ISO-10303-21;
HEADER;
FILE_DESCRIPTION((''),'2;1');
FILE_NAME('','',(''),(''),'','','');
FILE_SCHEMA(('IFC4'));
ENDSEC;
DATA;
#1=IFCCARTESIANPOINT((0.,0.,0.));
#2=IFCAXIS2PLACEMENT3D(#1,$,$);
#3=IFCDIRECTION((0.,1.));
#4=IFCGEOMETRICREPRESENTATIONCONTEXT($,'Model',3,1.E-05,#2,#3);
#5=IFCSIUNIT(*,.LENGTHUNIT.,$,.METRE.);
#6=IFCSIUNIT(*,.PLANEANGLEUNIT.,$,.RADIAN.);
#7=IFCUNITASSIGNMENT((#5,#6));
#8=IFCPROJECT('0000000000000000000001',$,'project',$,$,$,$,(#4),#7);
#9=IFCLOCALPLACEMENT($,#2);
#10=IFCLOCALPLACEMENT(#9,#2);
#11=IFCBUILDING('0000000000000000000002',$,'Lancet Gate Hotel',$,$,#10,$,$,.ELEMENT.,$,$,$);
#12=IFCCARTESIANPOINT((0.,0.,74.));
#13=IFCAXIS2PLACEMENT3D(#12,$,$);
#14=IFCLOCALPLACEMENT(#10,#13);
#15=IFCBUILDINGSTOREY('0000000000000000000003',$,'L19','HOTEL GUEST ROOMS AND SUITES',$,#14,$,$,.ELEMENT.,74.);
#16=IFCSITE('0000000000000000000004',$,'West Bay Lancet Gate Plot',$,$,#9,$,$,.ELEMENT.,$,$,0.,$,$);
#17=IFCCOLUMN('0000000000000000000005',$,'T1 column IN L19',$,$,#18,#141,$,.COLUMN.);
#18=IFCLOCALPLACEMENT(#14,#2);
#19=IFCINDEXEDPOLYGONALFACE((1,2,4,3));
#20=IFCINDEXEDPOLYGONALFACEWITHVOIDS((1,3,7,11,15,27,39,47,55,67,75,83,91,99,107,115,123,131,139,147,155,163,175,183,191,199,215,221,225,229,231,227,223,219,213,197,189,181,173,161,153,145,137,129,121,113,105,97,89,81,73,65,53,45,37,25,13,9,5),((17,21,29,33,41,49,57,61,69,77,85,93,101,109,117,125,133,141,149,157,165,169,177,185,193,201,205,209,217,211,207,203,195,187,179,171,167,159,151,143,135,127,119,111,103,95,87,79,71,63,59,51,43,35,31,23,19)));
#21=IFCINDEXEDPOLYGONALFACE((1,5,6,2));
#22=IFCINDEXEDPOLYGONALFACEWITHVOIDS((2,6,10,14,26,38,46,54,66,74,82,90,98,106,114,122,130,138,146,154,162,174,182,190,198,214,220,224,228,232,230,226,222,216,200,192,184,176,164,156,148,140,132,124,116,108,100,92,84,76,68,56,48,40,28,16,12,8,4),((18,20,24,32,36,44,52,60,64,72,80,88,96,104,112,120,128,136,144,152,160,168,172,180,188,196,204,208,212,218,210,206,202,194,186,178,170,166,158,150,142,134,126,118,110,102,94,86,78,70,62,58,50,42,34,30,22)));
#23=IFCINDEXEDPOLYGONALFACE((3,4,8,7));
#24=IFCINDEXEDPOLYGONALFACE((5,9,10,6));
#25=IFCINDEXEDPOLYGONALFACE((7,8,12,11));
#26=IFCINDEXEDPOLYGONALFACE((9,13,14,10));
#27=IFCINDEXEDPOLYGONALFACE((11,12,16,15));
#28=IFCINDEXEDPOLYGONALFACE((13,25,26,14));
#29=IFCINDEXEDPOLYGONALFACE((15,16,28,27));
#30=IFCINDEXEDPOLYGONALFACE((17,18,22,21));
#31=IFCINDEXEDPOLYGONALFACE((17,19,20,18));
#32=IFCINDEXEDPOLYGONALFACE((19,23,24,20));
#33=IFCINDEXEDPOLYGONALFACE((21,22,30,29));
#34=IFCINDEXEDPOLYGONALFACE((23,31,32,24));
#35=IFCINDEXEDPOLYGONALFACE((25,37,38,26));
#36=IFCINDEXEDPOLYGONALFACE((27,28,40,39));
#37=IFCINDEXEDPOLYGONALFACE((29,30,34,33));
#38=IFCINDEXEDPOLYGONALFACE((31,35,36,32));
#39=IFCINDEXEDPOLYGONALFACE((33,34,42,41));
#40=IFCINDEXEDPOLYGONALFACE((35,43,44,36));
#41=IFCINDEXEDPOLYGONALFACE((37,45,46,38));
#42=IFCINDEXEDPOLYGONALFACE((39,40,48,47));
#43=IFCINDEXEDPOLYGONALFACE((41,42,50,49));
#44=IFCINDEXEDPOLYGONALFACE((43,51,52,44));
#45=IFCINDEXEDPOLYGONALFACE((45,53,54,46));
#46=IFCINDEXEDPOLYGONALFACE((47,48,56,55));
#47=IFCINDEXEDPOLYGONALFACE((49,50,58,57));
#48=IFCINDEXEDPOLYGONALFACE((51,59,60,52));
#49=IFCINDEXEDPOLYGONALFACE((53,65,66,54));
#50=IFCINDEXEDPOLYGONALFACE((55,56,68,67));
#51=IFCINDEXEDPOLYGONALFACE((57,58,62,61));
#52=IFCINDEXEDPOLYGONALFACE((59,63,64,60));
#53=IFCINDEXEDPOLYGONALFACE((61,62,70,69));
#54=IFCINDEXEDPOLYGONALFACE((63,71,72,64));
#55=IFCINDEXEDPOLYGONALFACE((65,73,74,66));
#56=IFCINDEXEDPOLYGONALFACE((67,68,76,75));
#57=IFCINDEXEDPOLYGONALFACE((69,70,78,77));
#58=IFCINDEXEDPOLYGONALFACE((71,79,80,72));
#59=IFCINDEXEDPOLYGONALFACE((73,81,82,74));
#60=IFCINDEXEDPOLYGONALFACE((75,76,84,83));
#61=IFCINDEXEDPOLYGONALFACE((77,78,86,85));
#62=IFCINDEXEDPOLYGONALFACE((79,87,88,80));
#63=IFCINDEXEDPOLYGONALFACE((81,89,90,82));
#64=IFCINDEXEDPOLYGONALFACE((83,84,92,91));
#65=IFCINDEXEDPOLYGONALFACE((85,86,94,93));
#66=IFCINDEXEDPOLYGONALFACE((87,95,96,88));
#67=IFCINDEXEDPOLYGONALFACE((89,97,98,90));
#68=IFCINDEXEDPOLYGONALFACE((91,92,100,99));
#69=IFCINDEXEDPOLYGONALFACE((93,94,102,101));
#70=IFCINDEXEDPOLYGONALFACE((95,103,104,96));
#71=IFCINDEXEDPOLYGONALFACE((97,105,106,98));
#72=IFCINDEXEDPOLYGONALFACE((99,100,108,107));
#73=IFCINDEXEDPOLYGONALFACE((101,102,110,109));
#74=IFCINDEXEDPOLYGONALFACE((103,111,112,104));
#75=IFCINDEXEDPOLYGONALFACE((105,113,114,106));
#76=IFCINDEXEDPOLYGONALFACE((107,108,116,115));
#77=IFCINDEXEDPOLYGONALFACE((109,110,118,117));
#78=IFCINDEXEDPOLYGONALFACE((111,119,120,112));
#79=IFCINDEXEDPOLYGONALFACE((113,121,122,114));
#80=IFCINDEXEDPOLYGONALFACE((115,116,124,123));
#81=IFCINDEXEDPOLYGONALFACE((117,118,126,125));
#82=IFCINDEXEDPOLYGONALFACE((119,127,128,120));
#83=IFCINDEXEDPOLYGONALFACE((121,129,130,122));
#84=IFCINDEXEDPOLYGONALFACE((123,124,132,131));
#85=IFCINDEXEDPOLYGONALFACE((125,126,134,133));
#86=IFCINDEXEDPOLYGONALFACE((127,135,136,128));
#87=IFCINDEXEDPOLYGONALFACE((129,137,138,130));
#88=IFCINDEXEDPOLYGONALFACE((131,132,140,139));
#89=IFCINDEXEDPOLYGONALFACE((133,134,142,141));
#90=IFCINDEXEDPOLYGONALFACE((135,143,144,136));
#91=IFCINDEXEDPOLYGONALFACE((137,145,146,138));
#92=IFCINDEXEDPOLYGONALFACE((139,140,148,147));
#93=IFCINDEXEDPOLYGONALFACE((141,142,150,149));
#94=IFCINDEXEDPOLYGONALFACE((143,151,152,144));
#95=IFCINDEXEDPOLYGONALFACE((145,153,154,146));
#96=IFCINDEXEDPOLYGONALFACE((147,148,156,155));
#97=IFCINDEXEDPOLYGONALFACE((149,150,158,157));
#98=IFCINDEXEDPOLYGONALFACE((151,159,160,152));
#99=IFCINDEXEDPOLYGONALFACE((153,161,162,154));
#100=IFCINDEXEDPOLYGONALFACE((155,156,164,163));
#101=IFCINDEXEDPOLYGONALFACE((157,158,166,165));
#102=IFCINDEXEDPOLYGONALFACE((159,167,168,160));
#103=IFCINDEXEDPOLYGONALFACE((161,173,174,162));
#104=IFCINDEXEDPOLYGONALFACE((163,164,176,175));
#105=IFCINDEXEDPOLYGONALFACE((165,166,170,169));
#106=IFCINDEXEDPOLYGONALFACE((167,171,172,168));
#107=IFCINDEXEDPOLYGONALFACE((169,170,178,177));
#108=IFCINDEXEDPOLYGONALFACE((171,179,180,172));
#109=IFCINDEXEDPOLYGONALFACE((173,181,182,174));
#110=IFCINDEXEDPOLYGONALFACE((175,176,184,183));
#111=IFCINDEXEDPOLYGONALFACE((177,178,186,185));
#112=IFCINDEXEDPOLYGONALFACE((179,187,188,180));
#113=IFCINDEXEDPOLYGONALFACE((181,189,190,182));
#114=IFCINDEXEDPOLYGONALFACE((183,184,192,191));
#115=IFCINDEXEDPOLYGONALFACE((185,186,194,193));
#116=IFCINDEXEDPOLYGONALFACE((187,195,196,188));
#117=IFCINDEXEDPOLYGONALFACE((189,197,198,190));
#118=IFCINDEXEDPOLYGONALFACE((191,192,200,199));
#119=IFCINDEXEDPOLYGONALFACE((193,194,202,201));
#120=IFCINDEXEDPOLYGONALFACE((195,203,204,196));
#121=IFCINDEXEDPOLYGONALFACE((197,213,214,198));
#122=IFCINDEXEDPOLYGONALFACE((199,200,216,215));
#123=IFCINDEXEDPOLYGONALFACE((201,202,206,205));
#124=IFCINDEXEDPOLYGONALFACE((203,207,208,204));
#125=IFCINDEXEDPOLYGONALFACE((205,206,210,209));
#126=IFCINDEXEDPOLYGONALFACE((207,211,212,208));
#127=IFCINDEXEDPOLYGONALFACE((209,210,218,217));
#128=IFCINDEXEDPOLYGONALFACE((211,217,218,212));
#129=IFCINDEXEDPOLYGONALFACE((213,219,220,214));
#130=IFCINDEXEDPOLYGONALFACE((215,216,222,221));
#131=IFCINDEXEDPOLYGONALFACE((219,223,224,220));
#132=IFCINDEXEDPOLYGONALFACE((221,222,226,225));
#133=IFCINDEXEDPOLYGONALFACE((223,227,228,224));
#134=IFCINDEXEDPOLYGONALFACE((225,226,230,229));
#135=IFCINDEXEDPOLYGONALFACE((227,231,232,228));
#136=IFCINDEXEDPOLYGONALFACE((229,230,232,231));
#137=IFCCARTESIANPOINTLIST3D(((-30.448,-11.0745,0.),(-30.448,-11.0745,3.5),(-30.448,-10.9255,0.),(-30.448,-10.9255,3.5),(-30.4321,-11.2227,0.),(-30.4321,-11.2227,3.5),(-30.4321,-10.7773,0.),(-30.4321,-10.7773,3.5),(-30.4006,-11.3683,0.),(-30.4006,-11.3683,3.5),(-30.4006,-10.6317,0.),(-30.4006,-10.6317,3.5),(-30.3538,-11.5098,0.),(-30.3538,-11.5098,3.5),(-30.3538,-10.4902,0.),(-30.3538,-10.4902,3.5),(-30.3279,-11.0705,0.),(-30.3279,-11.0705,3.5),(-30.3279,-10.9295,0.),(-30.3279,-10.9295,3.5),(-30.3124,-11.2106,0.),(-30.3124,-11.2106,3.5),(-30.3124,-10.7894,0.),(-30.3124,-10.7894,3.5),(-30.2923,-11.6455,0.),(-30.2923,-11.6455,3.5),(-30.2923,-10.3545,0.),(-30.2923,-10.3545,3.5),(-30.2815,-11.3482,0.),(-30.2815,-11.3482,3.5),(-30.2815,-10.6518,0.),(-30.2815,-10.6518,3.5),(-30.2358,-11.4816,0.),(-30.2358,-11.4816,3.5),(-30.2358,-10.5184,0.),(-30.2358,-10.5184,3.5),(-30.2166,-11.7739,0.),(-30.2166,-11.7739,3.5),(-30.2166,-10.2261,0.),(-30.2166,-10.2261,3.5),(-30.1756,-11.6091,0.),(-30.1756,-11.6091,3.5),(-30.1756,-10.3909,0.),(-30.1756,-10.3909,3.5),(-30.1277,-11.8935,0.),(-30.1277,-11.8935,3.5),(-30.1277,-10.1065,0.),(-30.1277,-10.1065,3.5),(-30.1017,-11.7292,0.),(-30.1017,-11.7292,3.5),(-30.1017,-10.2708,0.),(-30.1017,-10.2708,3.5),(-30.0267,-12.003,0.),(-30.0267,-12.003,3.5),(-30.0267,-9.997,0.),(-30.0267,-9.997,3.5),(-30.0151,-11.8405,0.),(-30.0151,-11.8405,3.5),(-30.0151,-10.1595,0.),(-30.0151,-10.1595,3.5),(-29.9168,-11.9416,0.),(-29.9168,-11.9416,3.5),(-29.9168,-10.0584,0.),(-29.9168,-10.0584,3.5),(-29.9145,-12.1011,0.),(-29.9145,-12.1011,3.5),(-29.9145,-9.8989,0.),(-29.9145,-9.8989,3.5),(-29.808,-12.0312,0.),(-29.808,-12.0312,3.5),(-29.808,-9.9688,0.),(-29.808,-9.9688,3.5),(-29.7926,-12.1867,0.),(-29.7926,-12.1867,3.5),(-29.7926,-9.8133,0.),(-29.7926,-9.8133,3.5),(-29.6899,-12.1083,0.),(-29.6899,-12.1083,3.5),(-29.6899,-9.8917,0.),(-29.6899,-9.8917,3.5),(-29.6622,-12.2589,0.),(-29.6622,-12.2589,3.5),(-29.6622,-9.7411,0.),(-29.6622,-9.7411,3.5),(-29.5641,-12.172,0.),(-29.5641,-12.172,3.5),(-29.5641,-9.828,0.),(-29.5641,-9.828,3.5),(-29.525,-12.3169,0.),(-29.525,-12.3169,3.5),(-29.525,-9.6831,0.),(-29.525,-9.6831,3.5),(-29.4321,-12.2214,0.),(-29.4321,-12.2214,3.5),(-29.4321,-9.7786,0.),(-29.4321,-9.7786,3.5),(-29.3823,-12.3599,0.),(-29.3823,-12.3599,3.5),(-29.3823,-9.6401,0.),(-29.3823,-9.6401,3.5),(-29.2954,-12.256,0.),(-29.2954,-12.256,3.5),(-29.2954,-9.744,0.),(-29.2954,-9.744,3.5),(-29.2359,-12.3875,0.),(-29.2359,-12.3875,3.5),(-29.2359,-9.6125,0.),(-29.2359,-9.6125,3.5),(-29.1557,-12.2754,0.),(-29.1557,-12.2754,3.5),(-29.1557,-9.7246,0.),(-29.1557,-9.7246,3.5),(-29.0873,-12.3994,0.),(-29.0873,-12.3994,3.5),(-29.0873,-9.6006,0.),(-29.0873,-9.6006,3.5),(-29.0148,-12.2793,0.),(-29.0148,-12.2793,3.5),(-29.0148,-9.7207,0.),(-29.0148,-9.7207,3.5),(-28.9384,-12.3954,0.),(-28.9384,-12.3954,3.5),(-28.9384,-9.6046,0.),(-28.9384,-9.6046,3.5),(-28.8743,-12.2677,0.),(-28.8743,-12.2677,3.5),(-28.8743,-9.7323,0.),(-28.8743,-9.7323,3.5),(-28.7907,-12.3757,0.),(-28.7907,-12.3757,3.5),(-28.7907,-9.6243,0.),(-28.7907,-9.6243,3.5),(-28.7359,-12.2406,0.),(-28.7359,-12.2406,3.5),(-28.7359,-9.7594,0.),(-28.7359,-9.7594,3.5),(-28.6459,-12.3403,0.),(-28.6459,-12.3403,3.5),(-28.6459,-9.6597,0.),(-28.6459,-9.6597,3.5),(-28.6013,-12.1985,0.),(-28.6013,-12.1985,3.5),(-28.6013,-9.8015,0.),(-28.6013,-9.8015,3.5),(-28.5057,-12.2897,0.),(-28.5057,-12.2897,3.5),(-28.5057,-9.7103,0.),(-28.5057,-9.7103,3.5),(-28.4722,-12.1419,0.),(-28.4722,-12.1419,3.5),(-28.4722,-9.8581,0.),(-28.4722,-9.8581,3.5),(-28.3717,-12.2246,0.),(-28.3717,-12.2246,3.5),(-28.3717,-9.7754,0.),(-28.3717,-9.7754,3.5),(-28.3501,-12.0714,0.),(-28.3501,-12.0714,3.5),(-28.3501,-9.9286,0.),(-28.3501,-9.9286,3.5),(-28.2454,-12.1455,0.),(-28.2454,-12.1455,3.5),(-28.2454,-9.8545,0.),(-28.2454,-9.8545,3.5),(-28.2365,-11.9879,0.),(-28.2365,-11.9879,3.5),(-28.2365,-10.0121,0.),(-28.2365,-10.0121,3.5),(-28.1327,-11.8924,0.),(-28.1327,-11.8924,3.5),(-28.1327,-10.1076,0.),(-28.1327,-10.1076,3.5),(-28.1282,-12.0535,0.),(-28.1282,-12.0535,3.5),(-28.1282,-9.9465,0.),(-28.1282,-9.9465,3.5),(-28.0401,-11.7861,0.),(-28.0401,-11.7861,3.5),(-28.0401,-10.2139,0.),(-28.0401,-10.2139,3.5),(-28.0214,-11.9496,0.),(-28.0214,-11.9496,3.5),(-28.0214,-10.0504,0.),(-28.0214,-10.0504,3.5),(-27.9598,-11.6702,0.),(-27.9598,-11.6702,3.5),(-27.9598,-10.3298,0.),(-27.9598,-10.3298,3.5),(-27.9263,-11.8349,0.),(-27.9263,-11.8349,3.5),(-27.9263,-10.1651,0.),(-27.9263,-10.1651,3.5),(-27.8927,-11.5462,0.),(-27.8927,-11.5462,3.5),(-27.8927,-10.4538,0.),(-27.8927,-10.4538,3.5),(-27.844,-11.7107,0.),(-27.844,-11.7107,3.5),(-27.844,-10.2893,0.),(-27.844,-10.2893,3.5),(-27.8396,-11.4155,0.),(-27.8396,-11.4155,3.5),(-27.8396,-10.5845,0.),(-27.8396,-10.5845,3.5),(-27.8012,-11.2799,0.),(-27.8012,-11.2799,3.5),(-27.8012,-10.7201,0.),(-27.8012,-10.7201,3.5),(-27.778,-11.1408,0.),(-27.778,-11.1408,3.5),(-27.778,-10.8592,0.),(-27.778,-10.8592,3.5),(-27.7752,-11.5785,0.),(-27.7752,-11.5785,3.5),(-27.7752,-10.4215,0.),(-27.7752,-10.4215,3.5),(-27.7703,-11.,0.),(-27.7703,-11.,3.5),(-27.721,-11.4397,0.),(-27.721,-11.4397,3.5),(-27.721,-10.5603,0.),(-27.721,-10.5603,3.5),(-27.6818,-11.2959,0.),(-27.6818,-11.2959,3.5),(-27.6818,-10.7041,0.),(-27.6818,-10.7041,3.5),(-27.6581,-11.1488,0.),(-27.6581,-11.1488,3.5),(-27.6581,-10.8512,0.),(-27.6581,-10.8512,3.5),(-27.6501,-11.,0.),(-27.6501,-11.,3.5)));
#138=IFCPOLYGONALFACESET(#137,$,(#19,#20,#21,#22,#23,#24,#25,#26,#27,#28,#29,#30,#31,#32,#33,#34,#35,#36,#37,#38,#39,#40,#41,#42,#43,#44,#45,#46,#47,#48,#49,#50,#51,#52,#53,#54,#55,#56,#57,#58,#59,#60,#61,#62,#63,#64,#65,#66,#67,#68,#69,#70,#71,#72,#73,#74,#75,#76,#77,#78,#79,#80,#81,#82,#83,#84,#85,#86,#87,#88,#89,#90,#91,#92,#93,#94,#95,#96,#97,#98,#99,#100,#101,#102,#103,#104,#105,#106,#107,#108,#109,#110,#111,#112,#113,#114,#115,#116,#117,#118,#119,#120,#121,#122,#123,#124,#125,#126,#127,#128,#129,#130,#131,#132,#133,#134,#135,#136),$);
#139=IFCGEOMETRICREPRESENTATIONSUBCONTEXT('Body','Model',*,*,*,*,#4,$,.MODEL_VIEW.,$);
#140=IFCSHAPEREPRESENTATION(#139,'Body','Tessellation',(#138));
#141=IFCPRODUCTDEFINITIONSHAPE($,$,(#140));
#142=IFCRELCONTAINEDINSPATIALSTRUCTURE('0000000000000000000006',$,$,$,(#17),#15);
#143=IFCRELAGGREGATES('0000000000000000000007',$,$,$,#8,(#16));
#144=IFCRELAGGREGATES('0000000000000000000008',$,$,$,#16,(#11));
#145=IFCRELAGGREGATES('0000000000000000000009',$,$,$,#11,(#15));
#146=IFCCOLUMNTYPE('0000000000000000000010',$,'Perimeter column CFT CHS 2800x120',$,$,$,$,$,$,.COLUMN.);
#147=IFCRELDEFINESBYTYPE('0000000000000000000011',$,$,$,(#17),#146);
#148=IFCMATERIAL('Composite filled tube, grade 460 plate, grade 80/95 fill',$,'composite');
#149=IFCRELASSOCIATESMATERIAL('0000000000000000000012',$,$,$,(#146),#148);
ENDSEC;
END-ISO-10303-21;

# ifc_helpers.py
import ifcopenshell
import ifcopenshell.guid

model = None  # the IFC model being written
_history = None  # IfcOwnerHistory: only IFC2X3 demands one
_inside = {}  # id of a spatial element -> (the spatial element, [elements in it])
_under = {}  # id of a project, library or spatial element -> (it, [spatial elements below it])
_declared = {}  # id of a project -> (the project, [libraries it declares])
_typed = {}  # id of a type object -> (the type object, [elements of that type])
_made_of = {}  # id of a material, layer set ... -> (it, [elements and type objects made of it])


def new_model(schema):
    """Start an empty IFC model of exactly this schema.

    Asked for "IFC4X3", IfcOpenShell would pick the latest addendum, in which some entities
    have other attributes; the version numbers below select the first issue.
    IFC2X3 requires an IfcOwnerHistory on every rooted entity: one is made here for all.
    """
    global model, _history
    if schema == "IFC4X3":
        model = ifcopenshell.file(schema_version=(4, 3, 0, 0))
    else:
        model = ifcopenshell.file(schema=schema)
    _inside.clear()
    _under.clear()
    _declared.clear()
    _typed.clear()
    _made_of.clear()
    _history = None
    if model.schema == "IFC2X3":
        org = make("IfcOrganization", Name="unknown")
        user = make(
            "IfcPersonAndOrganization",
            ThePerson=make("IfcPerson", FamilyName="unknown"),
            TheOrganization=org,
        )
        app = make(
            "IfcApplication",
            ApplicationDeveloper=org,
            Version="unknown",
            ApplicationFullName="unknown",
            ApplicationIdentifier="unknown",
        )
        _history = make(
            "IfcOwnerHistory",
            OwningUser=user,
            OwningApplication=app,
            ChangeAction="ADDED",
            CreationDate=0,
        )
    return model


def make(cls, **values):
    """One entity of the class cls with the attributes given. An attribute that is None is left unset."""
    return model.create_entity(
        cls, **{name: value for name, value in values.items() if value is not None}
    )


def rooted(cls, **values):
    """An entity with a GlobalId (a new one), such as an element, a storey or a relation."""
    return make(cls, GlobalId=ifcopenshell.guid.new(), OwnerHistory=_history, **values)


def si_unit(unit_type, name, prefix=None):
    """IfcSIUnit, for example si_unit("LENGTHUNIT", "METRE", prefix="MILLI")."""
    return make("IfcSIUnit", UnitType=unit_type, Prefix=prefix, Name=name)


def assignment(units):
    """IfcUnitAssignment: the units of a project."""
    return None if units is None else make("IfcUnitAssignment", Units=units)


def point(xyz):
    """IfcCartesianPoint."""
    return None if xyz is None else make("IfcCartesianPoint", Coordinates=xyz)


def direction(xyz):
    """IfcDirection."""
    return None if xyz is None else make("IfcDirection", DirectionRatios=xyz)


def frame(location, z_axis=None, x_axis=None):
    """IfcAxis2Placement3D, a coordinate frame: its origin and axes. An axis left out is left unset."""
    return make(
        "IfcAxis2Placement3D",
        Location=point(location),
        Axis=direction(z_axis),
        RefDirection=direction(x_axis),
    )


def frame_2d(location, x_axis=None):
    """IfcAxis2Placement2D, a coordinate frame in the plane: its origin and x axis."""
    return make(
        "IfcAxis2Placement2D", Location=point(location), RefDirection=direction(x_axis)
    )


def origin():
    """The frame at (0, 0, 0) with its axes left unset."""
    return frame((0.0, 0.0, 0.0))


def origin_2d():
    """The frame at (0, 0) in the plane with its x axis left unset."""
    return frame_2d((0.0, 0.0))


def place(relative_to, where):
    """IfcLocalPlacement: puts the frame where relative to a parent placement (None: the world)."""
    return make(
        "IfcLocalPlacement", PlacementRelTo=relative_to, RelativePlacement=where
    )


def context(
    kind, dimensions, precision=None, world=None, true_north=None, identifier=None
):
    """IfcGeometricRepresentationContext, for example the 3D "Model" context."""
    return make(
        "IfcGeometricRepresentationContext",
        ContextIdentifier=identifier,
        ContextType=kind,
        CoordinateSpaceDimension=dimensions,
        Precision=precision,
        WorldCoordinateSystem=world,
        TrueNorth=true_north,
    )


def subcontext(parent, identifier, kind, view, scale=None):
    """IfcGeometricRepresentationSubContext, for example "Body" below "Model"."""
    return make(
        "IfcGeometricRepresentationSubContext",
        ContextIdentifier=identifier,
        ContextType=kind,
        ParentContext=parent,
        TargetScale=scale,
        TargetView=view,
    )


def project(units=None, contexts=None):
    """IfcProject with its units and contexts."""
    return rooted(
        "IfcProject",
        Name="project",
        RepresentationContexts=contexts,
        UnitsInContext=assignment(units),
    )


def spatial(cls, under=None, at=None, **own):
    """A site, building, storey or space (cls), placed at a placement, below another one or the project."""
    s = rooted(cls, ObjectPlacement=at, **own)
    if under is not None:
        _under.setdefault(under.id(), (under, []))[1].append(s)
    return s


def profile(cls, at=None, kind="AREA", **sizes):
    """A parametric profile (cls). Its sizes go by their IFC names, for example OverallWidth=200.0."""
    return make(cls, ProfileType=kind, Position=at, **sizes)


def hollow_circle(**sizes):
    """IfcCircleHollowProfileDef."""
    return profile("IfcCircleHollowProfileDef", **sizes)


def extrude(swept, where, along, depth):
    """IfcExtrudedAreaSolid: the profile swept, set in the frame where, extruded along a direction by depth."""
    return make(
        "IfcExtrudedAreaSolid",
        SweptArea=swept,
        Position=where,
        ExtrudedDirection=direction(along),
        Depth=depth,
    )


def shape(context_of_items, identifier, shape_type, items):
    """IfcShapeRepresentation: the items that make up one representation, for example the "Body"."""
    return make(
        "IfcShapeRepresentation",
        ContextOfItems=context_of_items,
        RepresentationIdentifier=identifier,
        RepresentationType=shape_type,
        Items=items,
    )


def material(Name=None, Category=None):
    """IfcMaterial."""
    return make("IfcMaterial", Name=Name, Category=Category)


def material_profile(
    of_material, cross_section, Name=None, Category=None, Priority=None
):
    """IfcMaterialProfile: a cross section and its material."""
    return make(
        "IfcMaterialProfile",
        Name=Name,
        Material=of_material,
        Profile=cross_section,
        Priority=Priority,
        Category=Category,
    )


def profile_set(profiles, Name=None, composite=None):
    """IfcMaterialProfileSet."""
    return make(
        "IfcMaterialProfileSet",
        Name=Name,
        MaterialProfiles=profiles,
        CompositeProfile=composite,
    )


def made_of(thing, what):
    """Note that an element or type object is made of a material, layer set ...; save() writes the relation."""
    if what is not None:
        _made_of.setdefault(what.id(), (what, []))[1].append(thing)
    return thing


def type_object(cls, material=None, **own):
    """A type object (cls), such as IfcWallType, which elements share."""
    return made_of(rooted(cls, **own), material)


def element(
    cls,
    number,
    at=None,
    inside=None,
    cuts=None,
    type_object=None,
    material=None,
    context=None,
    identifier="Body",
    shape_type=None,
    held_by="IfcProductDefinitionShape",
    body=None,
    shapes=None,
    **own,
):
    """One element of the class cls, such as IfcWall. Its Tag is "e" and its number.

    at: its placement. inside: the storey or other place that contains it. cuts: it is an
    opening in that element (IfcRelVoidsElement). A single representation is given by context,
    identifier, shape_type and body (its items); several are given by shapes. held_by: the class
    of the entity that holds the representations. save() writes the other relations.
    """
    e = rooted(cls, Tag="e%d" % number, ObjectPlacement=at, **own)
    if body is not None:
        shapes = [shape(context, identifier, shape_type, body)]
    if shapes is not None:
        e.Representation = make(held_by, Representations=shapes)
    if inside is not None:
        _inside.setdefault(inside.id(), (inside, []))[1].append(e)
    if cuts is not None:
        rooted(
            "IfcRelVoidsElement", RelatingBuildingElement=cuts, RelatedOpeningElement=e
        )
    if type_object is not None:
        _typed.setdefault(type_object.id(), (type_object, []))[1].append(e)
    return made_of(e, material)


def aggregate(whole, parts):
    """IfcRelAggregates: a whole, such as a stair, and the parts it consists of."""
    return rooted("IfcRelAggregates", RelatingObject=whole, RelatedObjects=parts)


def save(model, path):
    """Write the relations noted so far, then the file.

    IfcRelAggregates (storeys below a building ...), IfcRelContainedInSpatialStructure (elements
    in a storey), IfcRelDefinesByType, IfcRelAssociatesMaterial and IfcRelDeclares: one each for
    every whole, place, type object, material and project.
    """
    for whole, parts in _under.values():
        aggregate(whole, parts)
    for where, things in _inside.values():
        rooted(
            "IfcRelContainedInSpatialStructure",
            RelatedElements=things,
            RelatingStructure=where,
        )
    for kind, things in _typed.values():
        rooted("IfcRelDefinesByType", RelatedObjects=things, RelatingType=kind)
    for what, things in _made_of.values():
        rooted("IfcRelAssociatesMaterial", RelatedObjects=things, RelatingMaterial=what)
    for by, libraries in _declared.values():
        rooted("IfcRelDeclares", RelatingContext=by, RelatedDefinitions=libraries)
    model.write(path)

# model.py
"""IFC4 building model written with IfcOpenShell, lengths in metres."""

from ifc_helpers import new_model, si_unit, direction, frame, origin, origin_2d, place, context, subcontext, project, spatial, hollow_circle, extrude, material, material_profile, profile_set, type_object, element, save


model = new_model("IFC4")

# Units and contexts
model_context = context("Model", 3, precision=1e-05, world=origin(), true_north=direction((0.0, 1.0)))
body_context = subcontext(model_context, "Body", "Model", "MODEL_VIEW")
ifc_project = project(units=[si_unit("LENGTHUNIT", "METRE"), si_unit("PLANEANGLEUNIT", "RADIAN")], contexts=[model_context])

# Site, building, storey
site_placement = place(None, origin())
site = spatial("IfcSite", under=ifc_project, at=site_placement, Name="West Bay Lancet Gate Plot", CompositionType="ELEMENT", RefElevation=0.0)
building_placement = place(site_placement, origin())
building = spatial("IfcBuilding", under=site, at=building_placement, Name="Lancet Gate Hotel", CompositionType="ELEMENT")
storey_placement = place(building_placement, frame((0.0, 0.0, 74.0)))
storey = spatial("IfcBuildingStorey", under=building, at=storey_placement, Name="L19", Description="HOTEL GUEST ROOMS AND SUITES", CompositionType="ELEMENT", Elevation=74.0)

# Column
ifc_material_1 = material(Name="Composite filled tube, grade 460 plate, grade 80/95 fill", Category="composite")
ifc_material_profile_1 = material_profile(ifc_material_1, hollow_circle(Radius=1.3999, WallThickness=0.1201, at=origin_2d()), Name="CHS 2800x120")
ifc_profile_set_1 = profile_set([ifc_material_profile_1], Name="Composite filled tube, grade 460 plate, grade 80/95 fill")
column_type = type_object("IfcColumnType", Name="Perimeter column CFT CHS 2800x120", PredefinedType="COLUMN", material=ifc_profile_set_1)
for number, where, z_axis, x_axis, name in (
    (1, (-29.05, -11.0, 0.0), (0.0, 0.0, 1.0), (1.0, 0.0, 0.0), "T1 column IN L19"),
):
    element("IfcColumn", number, at=place(storey_placement, frame(where, z_axis=z_axis, x_axis=x_axis)), inside=storey, type_object=column_type, Name=name, PredefinedType="COLUMN", context=body_context, shape_type="SweptSolid", body=[
        extrude(hollow_circle(Radius=1.3999, WallThickness=0.1201, at=origin_2d()), origin(), (0.0, 0.0, 1.0), 3.5),
    ])

save(model, "model.ifc")
